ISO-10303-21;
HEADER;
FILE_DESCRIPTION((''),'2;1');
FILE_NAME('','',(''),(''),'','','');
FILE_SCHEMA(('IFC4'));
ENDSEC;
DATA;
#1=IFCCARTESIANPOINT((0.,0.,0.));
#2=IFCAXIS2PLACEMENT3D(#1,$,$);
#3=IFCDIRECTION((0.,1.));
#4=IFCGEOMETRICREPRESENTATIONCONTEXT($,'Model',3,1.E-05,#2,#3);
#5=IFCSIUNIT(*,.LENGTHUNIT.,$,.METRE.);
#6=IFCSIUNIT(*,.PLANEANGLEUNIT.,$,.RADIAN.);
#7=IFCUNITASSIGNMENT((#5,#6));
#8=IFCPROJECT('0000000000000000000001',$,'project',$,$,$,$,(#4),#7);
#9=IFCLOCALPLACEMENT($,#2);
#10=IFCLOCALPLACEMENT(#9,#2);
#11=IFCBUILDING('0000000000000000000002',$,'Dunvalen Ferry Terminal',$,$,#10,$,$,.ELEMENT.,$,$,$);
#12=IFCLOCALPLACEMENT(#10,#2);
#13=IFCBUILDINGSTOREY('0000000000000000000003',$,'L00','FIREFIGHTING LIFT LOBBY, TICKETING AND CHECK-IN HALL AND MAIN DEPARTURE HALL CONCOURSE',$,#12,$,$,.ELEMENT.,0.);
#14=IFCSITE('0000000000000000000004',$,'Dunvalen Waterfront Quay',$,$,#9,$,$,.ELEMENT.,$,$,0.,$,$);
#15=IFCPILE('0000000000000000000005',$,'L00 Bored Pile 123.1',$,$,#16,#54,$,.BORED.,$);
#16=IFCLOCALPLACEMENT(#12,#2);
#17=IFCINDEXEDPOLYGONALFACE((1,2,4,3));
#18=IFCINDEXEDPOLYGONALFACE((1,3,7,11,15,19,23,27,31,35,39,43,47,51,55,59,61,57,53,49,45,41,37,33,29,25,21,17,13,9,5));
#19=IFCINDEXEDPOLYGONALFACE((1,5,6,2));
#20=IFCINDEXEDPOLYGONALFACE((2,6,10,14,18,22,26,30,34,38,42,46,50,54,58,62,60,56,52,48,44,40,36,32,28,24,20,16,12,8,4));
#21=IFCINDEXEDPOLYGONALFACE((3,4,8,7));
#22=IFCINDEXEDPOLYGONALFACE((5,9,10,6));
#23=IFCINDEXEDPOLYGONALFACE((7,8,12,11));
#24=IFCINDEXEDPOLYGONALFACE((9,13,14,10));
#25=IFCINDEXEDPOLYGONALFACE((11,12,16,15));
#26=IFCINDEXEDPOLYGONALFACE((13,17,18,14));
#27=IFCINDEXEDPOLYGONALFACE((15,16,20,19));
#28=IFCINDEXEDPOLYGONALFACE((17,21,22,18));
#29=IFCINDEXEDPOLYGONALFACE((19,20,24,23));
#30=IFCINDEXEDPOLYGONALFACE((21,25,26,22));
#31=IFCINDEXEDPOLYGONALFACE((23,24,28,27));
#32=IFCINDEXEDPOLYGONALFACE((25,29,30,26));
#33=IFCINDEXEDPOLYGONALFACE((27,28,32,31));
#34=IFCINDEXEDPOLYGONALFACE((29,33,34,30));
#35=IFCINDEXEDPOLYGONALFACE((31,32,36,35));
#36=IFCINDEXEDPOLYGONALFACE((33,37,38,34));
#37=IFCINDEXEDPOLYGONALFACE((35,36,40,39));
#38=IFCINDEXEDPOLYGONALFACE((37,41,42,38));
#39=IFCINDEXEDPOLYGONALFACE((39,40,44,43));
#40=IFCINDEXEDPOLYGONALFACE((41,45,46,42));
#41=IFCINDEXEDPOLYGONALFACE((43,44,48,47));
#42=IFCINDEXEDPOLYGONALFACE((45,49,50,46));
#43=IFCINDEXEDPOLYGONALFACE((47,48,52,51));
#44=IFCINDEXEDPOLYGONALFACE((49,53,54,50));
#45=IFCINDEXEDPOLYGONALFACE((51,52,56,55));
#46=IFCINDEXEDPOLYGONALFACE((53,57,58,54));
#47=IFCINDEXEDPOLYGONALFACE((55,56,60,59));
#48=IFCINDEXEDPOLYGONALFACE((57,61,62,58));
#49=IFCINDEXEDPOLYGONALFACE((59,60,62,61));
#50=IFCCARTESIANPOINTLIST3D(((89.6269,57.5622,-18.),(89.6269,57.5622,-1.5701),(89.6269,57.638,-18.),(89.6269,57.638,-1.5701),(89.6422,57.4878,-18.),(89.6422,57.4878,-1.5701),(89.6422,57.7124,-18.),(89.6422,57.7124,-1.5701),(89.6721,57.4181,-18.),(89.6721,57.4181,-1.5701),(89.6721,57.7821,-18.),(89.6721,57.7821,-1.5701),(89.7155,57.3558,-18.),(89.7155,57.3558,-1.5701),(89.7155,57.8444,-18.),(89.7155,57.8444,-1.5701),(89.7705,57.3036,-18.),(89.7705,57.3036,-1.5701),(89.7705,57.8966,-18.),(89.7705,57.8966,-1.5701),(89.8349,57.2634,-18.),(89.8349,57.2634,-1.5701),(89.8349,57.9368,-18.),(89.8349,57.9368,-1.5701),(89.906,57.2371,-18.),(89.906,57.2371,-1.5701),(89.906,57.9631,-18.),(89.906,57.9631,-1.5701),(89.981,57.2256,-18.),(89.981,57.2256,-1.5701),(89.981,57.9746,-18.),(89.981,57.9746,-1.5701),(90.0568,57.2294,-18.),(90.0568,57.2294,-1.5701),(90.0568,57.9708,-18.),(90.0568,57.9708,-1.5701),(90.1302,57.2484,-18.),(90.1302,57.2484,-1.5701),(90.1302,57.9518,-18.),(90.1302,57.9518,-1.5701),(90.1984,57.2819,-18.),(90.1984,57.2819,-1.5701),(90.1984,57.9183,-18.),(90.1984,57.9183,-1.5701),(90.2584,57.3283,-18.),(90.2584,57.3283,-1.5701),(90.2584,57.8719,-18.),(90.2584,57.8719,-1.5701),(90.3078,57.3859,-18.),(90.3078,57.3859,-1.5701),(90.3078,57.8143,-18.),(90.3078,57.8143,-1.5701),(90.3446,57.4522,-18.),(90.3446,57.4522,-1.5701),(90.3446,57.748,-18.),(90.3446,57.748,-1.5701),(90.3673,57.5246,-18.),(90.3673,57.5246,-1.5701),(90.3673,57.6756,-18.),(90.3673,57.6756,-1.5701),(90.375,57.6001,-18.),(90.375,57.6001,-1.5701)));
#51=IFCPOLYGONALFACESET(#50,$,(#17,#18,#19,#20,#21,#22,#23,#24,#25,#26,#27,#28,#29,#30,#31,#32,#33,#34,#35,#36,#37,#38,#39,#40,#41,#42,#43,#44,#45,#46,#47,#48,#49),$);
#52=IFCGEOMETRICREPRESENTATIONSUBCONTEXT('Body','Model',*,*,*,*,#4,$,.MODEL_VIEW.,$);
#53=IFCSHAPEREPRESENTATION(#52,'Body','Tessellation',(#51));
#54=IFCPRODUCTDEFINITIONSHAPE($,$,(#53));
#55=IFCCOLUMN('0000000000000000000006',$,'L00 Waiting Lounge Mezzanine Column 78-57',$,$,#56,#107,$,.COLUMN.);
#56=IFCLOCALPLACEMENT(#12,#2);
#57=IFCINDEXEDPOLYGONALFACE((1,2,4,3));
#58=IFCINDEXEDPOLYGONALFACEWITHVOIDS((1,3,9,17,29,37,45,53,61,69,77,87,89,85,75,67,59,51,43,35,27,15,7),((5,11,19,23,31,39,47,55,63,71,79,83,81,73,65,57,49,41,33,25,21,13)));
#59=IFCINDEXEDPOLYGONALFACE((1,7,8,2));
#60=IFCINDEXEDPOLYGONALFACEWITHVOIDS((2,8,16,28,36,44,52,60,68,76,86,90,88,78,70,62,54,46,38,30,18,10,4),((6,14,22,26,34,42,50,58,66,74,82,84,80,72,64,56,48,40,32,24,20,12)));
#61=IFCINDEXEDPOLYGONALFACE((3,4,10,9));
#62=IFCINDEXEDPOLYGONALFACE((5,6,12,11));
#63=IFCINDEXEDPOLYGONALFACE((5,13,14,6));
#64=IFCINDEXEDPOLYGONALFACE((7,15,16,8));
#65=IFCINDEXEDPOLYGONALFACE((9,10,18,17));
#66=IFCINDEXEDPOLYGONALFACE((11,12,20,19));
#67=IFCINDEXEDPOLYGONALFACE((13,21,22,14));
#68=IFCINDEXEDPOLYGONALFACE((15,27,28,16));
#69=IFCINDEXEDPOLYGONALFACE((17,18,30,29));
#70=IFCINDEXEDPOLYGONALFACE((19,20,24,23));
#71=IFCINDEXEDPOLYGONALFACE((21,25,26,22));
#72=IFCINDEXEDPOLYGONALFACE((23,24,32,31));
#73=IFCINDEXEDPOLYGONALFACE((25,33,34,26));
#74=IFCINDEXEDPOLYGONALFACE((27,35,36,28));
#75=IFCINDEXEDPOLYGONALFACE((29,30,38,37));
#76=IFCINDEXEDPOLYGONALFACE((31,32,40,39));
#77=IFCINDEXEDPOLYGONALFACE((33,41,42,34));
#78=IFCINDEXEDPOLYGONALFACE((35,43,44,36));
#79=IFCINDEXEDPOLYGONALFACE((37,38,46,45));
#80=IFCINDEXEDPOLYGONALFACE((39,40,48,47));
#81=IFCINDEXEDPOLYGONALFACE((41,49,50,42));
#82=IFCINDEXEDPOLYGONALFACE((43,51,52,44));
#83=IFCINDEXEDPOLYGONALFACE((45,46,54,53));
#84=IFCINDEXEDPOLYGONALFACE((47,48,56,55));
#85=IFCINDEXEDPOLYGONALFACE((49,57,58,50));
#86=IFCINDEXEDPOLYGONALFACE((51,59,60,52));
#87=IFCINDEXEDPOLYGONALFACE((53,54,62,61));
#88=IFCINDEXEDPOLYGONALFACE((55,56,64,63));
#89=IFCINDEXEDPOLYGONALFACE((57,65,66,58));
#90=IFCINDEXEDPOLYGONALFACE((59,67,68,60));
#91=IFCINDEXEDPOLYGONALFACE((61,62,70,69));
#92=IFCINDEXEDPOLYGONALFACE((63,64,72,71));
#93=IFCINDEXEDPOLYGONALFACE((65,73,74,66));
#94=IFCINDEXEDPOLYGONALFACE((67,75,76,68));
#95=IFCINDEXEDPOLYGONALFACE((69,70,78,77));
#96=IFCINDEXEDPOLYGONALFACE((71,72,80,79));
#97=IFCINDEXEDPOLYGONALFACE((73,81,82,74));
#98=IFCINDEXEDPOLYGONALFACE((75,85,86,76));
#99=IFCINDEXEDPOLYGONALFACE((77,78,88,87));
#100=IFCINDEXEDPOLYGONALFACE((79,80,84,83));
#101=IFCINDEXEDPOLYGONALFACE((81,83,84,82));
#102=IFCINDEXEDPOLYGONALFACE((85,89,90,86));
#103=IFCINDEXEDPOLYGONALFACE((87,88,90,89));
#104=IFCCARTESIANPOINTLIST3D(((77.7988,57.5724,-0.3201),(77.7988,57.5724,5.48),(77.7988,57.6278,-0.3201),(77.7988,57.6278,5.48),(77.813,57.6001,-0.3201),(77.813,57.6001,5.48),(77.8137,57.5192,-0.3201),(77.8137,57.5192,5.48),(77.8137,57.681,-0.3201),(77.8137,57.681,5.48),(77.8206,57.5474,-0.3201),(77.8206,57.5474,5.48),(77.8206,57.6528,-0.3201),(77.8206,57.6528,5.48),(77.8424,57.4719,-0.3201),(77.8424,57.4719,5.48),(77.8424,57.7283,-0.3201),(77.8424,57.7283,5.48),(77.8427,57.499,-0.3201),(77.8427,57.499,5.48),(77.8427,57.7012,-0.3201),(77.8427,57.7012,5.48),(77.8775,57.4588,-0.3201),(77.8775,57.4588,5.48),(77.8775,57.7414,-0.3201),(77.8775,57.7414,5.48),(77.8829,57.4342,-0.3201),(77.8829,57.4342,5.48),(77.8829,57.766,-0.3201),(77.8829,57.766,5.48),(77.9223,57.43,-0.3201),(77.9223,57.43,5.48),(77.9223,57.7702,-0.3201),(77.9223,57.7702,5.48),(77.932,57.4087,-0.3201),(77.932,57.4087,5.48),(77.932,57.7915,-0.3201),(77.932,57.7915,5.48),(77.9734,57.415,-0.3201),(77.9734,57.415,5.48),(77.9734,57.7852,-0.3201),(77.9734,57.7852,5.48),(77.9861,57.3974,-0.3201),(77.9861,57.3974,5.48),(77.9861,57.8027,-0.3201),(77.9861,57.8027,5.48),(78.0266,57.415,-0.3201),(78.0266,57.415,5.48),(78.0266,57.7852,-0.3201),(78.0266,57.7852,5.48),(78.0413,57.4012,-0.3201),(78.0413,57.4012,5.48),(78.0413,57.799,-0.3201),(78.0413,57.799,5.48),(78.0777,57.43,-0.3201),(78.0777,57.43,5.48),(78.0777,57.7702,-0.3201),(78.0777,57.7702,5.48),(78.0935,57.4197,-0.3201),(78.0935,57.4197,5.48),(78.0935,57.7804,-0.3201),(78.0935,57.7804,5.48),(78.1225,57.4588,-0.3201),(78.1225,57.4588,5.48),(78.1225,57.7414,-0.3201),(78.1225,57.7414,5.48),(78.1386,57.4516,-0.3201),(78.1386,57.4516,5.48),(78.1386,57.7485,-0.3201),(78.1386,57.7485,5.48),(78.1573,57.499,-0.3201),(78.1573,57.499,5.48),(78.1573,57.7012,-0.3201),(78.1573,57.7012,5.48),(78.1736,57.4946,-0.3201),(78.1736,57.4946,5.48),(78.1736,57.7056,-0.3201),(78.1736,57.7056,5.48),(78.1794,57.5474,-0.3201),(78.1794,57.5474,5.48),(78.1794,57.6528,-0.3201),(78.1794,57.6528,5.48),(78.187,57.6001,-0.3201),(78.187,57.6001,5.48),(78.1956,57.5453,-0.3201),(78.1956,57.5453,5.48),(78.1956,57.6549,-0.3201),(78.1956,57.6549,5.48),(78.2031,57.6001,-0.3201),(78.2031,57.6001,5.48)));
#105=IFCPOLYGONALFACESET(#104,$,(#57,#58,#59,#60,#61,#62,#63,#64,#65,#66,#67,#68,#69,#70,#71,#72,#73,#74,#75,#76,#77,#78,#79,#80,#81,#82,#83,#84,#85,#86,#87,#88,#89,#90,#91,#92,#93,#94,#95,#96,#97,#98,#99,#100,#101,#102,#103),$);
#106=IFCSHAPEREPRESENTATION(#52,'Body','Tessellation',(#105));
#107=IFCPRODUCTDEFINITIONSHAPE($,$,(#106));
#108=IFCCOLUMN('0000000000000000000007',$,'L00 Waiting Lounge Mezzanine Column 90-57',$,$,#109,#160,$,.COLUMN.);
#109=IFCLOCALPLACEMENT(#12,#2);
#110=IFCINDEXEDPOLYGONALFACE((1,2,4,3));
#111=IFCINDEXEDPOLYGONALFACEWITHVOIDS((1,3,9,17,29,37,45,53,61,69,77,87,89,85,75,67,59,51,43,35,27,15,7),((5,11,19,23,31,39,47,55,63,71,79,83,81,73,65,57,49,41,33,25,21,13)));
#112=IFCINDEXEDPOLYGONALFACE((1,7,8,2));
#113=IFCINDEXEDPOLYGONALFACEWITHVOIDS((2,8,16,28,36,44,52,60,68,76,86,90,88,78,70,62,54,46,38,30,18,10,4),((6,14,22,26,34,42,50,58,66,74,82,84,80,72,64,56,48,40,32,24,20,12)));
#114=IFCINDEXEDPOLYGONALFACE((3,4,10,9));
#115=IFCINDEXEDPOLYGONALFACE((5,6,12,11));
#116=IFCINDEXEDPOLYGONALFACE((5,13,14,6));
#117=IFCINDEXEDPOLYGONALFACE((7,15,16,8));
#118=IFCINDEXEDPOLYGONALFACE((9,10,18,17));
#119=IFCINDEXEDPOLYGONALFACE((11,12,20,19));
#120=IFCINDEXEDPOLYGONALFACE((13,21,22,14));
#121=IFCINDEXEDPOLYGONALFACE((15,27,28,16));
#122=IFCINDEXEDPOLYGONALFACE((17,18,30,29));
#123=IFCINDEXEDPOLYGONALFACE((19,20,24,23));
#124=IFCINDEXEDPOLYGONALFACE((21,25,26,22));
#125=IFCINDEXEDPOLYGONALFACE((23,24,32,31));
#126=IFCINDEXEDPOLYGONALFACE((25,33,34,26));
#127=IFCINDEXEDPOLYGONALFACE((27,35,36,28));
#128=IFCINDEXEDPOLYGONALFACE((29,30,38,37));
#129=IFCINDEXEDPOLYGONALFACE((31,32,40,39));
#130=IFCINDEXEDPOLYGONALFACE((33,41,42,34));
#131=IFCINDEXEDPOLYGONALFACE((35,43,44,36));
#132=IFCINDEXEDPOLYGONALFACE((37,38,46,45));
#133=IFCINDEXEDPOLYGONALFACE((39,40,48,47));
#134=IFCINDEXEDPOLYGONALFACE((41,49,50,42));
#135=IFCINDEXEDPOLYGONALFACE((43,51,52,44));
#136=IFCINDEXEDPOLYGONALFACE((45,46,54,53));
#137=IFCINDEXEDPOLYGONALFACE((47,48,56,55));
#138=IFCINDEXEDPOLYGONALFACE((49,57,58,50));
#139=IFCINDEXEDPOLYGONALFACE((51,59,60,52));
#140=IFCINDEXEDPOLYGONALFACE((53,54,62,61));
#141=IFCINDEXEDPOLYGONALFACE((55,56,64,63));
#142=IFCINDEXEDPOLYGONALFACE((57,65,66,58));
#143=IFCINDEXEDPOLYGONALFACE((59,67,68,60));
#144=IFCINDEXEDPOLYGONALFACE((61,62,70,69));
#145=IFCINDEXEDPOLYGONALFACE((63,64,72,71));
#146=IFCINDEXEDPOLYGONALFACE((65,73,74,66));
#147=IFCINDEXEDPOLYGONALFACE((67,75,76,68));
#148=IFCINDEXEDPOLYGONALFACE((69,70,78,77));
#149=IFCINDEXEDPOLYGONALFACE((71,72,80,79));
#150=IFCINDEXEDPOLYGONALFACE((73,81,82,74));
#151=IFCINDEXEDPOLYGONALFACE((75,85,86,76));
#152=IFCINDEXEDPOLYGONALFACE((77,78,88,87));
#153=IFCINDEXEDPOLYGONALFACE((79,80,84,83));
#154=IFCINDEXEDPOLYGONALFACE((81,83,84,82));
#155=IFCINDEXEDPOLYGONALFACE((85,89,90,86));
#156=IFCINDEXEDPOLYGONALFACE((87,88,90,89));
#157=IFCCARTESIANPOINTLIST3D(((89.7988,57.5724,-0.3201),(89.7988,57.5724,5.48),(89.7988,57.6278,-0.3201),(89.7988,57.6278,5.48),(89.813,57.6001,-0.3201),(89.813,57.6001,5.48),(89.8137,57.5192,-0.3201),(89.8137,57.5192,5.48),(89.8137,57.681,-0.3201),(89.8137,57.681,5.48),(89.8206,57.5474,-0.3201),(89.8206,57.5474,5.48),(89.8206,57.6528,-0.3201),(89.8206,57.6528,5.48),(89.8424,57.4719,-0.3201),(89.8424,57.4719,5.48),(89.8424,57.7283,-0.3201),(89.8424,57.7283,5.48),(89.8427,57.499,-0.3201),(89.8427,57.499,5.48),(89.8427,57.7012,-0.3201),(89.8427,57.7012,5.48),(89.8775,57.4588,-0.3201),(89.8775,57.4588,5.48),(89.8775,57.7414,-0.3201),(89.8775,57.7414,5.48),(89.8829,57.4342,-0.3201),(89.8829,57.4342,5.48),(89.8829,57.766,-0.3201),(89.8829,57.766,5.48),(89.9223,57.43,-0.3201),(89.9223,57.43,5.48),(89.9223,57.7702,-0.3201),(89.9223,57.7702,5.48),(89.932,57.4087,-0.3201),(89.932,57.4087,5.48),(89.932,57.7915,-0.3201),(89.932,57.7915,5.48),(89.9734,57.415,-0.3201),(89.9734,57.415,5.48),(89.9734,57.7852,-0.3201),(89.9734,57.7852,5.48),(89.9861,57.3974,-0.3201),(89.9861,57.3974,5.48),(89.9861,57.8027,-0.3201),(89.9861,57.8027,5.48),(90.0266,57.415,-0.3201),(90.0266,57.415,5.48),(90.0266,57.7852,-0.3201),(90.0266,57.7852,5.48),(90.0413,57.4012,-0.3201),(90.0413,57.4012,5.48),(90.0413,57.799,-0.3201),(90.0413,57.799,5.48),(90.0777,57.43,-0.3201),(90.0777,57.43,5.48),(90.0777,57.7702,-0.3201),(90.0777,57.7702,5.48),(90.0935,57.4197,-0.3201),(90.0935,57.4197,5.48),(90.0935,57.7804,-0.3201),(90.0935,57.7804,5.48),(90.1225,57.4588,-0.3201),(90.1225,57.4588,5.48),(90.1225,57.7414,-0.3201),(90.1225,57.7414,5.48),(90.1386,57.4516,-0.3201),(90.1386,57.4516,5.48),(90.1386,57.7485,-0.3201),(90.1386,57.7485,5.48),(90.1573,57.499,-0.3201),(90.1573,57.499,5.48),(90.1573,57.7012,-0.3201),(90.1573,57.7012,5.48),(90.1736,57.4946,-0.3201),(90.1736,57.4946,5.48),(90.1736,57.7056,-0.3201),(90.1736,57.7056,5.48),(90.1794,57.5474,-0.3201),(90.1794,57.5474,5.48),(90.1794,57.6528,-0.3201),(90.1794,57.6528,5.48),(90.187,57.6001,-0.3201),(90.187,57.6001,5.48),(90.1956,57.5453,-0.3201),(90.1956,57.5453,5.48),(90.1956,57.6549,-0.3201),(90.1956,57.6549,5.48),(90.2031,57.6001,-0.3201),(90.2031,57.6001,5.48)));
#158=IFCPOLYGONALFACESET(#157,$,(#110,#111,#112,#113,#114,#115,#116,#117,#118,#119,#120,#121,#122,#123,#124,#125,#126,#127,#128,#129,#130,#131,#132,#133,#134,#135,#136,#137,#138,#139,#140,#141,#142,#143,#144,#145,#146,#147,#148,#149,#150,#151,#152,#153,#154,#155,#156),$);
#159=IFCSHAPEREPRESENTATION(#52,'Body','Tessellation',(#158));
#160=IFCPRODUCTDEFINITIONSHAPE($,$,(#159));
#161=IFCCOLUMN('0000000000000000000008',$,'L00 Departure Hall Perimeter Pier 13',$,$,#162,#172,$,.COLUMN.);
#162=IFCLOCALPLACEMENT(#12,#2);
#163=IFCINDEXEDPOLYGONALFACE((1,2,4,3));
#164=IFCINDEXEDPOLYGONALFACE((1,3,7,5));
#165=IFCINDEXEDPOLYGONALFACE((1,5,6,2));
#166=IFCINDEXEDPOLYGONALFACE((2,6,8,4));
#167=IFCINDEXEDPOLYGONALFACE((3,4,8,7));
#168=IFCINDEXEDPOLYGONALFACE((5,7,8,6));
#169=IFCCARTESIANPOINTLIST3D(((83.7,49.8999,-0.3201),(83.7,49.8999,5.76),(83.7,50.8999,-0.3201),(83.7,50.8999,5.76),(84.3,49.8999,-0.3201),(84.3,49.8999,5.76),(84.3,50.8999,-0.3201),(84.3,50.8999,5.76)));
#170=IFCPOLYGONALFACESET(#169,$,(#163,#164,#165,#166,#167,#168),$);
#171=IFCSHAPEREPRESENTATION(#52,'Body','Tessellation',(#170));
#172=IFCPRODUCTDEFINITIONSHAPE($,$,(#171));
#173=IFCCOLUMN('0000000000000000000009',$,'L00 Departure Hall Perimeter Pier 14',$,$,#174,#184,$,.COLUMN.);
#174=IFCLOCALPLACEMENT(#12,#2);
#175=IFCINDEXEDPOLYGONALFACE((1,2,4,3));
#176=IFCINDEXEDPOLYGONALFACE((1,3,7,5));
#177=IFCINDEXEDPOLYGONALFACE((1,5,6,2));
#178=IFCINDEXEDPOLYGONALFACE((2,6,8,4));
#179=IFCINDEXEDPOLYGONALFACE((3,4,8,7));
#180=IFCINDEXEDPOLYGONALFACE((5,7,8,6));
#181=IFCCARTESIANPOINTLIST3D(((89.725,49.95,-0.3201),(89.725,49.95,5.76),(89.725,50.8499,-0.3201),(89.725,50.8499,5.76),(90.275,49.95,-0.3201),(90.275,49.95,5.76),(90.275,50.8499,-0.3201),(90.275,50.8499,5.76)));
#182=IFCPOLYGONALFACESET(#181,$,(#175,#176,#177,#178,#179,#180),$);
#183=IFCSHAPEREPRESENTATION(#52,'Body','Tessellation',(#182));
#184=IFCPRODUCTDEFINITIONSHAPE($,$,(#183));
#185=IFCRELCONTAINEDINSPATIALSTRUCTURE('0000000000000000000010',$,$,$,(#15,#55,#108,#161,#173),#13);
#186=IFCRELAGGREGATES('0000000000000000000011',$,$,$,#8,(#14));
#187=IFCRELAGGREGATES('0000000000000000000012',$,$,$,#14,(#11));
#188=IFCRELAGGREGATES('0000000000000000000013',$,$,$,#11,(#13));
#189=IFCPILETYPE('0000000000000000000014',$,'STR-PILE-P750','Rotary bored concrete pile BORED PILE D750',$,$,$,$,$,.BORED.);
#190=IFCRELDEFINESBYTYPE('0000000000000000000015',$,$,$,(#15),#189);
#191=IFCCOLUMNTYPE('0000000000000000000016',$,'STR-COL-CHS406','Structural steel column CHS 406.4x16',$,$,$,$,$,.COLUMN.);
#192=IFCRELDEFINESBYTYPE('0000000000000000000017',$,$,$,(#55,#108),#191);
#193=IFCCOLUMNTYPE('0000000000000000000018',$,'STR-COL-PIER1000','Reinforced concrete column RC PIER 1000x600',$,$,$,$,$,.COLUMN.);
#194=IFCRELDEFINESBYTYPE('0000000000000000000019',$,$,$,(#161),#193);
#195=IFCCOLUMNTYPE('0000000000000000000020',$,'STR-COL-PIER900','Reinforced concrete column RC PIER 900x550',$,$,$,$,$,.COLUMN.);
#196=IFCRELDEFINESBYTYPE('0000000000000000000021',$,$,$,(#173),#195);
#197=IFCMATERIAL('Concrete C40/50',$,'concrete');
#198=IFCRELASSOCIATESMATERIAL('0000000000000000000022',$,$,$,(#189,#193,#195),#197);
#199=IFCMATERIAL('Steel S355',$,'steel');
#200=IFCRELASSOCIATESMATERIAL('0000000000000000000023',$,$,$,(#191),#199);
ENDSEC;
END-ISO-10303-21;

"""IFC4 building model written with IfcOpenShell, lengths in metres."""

from ifc_helpers import new_model, si_unit, direction, frame, origin, origin_2d, place, context, subcontext, project, spatial, rectangle, circle, hollow_circle, extrude, material, material_profile, profile_set, type_object, element, save


model = new_model("IFC4")

# Units and contexts
model_context = context("Model", 3, precision=1e-05, world=origin(), true_north=direction((0.0, 1.0)))
body_context = subcontext(model_context, "Body", "Model", "MODEL_VIEW")
ifc_project = project(units=[si_unit("LENGTHUNIT", "METRE"), si_unit("PLANEANGLEUNIT", "RADIAN")], contexts=[model_context])

# Site, building, storey
site_placement = place(None, origin())
site = spatial("IfcSite", under=ifc_project, at=site_placement, Name="Dunvalen Waterfront Quay", CompositionType="ELEMENT", RefElevation=0.0)
building_placement = place(site_placement, origin())
building = spatial("IfcBuilding", under=site, at=building_placement, Name="Dunvalen Ferry Terminal", CompositionType="ELEMENT")
storey_placement = place(building_placement, origin())
storey = spatial("IfcBuildingStorey", under=building, at=storey_placement, Name="L00", Description="FIREFIGHTING LIFT LOBBY, TICKETING AND CHECK-IN HALL AND MAIN DEPARTURE HALL CONCOURSE", CompositionType="ELEMENT", Elevation=0.0)

# Shared definitions
ifc_material_1 = material(Name="Concrete C40/50", Category="concrete")

# Pile
ifc_material_profile_1 = material_profile(ifc_material_1, circle(Radius=0.375, at=origin_2d()), Name="Concrete C40/50")
ifc_profile_set_1 = profile_set([ifc_material_profile_1], Name="Concrete C40/50")
pile_type = type_object("IfcPileType", Name="STR-PILE-P750", Description="Rotary bored concrete pile BORED PILE D750", PredefinedType="BORED", material=ifc_profile_set_1)
for number, where, z_axis, x_axis, name in (
    (1, (90.0, 57.6001, -1.5701), (0.0, 0.0, -1.0), (1.0, 0.0, 0.0), "L00 Bored Pile 123.1"),
):
    element("IfcPile", number, at=place(storey_placement, frame(where, z_axis=z_axis, x_axis=x_axis)), inside=storey, type_object=pile_type, Name=name, PredefinedType="BORED", context=body_context, shape_type="SweptSolid", body=[
        extrude(circle(Radius=0.375, at=origin_2d()), origin(), (0.0, 0.0, 1.0), 16.4299),
    ])

# Columns
ifc_material_2 = material(Name="Steel S355", Category="steel")
ifc_material_profile_2 = material_profile(ifc_material_2, hollow_circle(Radius=0.2031, WallThickness=0.0161, at=origin_2d()), Name="Steel S355")
ifc_profile_set_2 = profile_set([ifc_material_profile_2], Name="Steel S355")
column_type_1 = type_object("IfcColumnType", Name="STR-COL-CHS406", Description="Structural steel column CHS 406.4x16", PredefinedType="COLUMN", material=ifc_profile_set_2)
for number, where, z_axis, x_axis, name in (
    (2, (78.0, 57.6001, -0.3201), (0.0, 0.0, 1.0), (1.0, 0.0, 0.0), "L00 Waiting Lounge Mezzanine Column 78-57"),
    (3, (90.0, 57.6001, -0.3201), (0.0, 0.0, 1.0), (1.0, 0.0, 0.0), "L00 Waiting Lounge Mezzanine Column 90-57"),
):
    element("IfcColumn", number, at=place(storey_placement, frame(where, z_axis=z_axis, x_axis=x_axis)), inside=storey, type_object=column_type_1, Name=name, PredefinedType="COLUMN", context=body_context, shape_type="SweptSolid", body=[
        extrude(hollow_circle(Radius=0.2031, WallThickness=0.0161, at=origin_2d()), origin(), (0.0, 0.0, 1.0), 5.8),
    ])
ifc_material_profile_3 = material_profile(ifc_material_1, rectangle(XDim=0.6001, YDim=1.0, at=origin_2d()), Name="Concrete C40/50")
ifc_profile_set_3 = profile_set([ifc_material_profile_3], Name="Concrete C40/50")
column_type_2 = type_object("IfcColumnType", Name="STR-COL-PIER1000", Description="Reinforced concrete column RC PIER 1000x600", PredefinedType="COLUMN", material=ifc_profile_set_3)
column_1_placement = place(storey_placement, frame((84.0, 50.3999, -0.3201), z_axis=(0.0, 0.0, 1.0), x_axis=(1.0, 0.0, 0.0)))
element("IfcColumn", 4, at=column_1_placement, inside=storey, type_object=column_type_2, Name="L00 Departure Hall Perimeter Pier 13", PredefinedType="COLUMN", context=body_context, shape_type="SweptSolid", body=[
    extrude(rectangle(XDim=0.6001, YDim=1.0, at=origin_2d()), origin(), (0.0, 0.0, 1.0), 6.0801),
])
ifc_material_profile_4 = material_profile(ifc_material_1, rectangle(XDim=0.55, YDim=0.8999, at=origin_2d()), Name="Concrete C40/50")
ifc_profile_set_4 = profile_set([ifc_material_profile_4], Name="Concrete C40/50")
column_type_3 = type_object("IfcColumnType", Name="STR-COL-PIER900", Description="Reinforced concrete column RC PIER 900x550", PredefinedType="COLUMN", material=ifc_profile_set_4)
column_2_placement = place(storey_placement, frame((90.0, 50.3999, -0.3201), z_axis=(0.0, 0.0, 1.0), x_axis=(1.0, 0.0, 0.0)))
element("IfcColumn", 5, at=column_2_placement, inside=storey, type_object=column_type_3, Name="L00 Departure Hall Perimeter Pier 14", PredefinedType="COLUMN", context=body_context, shape_type="SweptSolid", body=[
    extrude(rectangle(XDim=0.55, YDim=0.8999, at=origin_2d()), origin(), (0.0, 0.0, 1.0), 6.0801),
])

save(model, "model.ifc")
